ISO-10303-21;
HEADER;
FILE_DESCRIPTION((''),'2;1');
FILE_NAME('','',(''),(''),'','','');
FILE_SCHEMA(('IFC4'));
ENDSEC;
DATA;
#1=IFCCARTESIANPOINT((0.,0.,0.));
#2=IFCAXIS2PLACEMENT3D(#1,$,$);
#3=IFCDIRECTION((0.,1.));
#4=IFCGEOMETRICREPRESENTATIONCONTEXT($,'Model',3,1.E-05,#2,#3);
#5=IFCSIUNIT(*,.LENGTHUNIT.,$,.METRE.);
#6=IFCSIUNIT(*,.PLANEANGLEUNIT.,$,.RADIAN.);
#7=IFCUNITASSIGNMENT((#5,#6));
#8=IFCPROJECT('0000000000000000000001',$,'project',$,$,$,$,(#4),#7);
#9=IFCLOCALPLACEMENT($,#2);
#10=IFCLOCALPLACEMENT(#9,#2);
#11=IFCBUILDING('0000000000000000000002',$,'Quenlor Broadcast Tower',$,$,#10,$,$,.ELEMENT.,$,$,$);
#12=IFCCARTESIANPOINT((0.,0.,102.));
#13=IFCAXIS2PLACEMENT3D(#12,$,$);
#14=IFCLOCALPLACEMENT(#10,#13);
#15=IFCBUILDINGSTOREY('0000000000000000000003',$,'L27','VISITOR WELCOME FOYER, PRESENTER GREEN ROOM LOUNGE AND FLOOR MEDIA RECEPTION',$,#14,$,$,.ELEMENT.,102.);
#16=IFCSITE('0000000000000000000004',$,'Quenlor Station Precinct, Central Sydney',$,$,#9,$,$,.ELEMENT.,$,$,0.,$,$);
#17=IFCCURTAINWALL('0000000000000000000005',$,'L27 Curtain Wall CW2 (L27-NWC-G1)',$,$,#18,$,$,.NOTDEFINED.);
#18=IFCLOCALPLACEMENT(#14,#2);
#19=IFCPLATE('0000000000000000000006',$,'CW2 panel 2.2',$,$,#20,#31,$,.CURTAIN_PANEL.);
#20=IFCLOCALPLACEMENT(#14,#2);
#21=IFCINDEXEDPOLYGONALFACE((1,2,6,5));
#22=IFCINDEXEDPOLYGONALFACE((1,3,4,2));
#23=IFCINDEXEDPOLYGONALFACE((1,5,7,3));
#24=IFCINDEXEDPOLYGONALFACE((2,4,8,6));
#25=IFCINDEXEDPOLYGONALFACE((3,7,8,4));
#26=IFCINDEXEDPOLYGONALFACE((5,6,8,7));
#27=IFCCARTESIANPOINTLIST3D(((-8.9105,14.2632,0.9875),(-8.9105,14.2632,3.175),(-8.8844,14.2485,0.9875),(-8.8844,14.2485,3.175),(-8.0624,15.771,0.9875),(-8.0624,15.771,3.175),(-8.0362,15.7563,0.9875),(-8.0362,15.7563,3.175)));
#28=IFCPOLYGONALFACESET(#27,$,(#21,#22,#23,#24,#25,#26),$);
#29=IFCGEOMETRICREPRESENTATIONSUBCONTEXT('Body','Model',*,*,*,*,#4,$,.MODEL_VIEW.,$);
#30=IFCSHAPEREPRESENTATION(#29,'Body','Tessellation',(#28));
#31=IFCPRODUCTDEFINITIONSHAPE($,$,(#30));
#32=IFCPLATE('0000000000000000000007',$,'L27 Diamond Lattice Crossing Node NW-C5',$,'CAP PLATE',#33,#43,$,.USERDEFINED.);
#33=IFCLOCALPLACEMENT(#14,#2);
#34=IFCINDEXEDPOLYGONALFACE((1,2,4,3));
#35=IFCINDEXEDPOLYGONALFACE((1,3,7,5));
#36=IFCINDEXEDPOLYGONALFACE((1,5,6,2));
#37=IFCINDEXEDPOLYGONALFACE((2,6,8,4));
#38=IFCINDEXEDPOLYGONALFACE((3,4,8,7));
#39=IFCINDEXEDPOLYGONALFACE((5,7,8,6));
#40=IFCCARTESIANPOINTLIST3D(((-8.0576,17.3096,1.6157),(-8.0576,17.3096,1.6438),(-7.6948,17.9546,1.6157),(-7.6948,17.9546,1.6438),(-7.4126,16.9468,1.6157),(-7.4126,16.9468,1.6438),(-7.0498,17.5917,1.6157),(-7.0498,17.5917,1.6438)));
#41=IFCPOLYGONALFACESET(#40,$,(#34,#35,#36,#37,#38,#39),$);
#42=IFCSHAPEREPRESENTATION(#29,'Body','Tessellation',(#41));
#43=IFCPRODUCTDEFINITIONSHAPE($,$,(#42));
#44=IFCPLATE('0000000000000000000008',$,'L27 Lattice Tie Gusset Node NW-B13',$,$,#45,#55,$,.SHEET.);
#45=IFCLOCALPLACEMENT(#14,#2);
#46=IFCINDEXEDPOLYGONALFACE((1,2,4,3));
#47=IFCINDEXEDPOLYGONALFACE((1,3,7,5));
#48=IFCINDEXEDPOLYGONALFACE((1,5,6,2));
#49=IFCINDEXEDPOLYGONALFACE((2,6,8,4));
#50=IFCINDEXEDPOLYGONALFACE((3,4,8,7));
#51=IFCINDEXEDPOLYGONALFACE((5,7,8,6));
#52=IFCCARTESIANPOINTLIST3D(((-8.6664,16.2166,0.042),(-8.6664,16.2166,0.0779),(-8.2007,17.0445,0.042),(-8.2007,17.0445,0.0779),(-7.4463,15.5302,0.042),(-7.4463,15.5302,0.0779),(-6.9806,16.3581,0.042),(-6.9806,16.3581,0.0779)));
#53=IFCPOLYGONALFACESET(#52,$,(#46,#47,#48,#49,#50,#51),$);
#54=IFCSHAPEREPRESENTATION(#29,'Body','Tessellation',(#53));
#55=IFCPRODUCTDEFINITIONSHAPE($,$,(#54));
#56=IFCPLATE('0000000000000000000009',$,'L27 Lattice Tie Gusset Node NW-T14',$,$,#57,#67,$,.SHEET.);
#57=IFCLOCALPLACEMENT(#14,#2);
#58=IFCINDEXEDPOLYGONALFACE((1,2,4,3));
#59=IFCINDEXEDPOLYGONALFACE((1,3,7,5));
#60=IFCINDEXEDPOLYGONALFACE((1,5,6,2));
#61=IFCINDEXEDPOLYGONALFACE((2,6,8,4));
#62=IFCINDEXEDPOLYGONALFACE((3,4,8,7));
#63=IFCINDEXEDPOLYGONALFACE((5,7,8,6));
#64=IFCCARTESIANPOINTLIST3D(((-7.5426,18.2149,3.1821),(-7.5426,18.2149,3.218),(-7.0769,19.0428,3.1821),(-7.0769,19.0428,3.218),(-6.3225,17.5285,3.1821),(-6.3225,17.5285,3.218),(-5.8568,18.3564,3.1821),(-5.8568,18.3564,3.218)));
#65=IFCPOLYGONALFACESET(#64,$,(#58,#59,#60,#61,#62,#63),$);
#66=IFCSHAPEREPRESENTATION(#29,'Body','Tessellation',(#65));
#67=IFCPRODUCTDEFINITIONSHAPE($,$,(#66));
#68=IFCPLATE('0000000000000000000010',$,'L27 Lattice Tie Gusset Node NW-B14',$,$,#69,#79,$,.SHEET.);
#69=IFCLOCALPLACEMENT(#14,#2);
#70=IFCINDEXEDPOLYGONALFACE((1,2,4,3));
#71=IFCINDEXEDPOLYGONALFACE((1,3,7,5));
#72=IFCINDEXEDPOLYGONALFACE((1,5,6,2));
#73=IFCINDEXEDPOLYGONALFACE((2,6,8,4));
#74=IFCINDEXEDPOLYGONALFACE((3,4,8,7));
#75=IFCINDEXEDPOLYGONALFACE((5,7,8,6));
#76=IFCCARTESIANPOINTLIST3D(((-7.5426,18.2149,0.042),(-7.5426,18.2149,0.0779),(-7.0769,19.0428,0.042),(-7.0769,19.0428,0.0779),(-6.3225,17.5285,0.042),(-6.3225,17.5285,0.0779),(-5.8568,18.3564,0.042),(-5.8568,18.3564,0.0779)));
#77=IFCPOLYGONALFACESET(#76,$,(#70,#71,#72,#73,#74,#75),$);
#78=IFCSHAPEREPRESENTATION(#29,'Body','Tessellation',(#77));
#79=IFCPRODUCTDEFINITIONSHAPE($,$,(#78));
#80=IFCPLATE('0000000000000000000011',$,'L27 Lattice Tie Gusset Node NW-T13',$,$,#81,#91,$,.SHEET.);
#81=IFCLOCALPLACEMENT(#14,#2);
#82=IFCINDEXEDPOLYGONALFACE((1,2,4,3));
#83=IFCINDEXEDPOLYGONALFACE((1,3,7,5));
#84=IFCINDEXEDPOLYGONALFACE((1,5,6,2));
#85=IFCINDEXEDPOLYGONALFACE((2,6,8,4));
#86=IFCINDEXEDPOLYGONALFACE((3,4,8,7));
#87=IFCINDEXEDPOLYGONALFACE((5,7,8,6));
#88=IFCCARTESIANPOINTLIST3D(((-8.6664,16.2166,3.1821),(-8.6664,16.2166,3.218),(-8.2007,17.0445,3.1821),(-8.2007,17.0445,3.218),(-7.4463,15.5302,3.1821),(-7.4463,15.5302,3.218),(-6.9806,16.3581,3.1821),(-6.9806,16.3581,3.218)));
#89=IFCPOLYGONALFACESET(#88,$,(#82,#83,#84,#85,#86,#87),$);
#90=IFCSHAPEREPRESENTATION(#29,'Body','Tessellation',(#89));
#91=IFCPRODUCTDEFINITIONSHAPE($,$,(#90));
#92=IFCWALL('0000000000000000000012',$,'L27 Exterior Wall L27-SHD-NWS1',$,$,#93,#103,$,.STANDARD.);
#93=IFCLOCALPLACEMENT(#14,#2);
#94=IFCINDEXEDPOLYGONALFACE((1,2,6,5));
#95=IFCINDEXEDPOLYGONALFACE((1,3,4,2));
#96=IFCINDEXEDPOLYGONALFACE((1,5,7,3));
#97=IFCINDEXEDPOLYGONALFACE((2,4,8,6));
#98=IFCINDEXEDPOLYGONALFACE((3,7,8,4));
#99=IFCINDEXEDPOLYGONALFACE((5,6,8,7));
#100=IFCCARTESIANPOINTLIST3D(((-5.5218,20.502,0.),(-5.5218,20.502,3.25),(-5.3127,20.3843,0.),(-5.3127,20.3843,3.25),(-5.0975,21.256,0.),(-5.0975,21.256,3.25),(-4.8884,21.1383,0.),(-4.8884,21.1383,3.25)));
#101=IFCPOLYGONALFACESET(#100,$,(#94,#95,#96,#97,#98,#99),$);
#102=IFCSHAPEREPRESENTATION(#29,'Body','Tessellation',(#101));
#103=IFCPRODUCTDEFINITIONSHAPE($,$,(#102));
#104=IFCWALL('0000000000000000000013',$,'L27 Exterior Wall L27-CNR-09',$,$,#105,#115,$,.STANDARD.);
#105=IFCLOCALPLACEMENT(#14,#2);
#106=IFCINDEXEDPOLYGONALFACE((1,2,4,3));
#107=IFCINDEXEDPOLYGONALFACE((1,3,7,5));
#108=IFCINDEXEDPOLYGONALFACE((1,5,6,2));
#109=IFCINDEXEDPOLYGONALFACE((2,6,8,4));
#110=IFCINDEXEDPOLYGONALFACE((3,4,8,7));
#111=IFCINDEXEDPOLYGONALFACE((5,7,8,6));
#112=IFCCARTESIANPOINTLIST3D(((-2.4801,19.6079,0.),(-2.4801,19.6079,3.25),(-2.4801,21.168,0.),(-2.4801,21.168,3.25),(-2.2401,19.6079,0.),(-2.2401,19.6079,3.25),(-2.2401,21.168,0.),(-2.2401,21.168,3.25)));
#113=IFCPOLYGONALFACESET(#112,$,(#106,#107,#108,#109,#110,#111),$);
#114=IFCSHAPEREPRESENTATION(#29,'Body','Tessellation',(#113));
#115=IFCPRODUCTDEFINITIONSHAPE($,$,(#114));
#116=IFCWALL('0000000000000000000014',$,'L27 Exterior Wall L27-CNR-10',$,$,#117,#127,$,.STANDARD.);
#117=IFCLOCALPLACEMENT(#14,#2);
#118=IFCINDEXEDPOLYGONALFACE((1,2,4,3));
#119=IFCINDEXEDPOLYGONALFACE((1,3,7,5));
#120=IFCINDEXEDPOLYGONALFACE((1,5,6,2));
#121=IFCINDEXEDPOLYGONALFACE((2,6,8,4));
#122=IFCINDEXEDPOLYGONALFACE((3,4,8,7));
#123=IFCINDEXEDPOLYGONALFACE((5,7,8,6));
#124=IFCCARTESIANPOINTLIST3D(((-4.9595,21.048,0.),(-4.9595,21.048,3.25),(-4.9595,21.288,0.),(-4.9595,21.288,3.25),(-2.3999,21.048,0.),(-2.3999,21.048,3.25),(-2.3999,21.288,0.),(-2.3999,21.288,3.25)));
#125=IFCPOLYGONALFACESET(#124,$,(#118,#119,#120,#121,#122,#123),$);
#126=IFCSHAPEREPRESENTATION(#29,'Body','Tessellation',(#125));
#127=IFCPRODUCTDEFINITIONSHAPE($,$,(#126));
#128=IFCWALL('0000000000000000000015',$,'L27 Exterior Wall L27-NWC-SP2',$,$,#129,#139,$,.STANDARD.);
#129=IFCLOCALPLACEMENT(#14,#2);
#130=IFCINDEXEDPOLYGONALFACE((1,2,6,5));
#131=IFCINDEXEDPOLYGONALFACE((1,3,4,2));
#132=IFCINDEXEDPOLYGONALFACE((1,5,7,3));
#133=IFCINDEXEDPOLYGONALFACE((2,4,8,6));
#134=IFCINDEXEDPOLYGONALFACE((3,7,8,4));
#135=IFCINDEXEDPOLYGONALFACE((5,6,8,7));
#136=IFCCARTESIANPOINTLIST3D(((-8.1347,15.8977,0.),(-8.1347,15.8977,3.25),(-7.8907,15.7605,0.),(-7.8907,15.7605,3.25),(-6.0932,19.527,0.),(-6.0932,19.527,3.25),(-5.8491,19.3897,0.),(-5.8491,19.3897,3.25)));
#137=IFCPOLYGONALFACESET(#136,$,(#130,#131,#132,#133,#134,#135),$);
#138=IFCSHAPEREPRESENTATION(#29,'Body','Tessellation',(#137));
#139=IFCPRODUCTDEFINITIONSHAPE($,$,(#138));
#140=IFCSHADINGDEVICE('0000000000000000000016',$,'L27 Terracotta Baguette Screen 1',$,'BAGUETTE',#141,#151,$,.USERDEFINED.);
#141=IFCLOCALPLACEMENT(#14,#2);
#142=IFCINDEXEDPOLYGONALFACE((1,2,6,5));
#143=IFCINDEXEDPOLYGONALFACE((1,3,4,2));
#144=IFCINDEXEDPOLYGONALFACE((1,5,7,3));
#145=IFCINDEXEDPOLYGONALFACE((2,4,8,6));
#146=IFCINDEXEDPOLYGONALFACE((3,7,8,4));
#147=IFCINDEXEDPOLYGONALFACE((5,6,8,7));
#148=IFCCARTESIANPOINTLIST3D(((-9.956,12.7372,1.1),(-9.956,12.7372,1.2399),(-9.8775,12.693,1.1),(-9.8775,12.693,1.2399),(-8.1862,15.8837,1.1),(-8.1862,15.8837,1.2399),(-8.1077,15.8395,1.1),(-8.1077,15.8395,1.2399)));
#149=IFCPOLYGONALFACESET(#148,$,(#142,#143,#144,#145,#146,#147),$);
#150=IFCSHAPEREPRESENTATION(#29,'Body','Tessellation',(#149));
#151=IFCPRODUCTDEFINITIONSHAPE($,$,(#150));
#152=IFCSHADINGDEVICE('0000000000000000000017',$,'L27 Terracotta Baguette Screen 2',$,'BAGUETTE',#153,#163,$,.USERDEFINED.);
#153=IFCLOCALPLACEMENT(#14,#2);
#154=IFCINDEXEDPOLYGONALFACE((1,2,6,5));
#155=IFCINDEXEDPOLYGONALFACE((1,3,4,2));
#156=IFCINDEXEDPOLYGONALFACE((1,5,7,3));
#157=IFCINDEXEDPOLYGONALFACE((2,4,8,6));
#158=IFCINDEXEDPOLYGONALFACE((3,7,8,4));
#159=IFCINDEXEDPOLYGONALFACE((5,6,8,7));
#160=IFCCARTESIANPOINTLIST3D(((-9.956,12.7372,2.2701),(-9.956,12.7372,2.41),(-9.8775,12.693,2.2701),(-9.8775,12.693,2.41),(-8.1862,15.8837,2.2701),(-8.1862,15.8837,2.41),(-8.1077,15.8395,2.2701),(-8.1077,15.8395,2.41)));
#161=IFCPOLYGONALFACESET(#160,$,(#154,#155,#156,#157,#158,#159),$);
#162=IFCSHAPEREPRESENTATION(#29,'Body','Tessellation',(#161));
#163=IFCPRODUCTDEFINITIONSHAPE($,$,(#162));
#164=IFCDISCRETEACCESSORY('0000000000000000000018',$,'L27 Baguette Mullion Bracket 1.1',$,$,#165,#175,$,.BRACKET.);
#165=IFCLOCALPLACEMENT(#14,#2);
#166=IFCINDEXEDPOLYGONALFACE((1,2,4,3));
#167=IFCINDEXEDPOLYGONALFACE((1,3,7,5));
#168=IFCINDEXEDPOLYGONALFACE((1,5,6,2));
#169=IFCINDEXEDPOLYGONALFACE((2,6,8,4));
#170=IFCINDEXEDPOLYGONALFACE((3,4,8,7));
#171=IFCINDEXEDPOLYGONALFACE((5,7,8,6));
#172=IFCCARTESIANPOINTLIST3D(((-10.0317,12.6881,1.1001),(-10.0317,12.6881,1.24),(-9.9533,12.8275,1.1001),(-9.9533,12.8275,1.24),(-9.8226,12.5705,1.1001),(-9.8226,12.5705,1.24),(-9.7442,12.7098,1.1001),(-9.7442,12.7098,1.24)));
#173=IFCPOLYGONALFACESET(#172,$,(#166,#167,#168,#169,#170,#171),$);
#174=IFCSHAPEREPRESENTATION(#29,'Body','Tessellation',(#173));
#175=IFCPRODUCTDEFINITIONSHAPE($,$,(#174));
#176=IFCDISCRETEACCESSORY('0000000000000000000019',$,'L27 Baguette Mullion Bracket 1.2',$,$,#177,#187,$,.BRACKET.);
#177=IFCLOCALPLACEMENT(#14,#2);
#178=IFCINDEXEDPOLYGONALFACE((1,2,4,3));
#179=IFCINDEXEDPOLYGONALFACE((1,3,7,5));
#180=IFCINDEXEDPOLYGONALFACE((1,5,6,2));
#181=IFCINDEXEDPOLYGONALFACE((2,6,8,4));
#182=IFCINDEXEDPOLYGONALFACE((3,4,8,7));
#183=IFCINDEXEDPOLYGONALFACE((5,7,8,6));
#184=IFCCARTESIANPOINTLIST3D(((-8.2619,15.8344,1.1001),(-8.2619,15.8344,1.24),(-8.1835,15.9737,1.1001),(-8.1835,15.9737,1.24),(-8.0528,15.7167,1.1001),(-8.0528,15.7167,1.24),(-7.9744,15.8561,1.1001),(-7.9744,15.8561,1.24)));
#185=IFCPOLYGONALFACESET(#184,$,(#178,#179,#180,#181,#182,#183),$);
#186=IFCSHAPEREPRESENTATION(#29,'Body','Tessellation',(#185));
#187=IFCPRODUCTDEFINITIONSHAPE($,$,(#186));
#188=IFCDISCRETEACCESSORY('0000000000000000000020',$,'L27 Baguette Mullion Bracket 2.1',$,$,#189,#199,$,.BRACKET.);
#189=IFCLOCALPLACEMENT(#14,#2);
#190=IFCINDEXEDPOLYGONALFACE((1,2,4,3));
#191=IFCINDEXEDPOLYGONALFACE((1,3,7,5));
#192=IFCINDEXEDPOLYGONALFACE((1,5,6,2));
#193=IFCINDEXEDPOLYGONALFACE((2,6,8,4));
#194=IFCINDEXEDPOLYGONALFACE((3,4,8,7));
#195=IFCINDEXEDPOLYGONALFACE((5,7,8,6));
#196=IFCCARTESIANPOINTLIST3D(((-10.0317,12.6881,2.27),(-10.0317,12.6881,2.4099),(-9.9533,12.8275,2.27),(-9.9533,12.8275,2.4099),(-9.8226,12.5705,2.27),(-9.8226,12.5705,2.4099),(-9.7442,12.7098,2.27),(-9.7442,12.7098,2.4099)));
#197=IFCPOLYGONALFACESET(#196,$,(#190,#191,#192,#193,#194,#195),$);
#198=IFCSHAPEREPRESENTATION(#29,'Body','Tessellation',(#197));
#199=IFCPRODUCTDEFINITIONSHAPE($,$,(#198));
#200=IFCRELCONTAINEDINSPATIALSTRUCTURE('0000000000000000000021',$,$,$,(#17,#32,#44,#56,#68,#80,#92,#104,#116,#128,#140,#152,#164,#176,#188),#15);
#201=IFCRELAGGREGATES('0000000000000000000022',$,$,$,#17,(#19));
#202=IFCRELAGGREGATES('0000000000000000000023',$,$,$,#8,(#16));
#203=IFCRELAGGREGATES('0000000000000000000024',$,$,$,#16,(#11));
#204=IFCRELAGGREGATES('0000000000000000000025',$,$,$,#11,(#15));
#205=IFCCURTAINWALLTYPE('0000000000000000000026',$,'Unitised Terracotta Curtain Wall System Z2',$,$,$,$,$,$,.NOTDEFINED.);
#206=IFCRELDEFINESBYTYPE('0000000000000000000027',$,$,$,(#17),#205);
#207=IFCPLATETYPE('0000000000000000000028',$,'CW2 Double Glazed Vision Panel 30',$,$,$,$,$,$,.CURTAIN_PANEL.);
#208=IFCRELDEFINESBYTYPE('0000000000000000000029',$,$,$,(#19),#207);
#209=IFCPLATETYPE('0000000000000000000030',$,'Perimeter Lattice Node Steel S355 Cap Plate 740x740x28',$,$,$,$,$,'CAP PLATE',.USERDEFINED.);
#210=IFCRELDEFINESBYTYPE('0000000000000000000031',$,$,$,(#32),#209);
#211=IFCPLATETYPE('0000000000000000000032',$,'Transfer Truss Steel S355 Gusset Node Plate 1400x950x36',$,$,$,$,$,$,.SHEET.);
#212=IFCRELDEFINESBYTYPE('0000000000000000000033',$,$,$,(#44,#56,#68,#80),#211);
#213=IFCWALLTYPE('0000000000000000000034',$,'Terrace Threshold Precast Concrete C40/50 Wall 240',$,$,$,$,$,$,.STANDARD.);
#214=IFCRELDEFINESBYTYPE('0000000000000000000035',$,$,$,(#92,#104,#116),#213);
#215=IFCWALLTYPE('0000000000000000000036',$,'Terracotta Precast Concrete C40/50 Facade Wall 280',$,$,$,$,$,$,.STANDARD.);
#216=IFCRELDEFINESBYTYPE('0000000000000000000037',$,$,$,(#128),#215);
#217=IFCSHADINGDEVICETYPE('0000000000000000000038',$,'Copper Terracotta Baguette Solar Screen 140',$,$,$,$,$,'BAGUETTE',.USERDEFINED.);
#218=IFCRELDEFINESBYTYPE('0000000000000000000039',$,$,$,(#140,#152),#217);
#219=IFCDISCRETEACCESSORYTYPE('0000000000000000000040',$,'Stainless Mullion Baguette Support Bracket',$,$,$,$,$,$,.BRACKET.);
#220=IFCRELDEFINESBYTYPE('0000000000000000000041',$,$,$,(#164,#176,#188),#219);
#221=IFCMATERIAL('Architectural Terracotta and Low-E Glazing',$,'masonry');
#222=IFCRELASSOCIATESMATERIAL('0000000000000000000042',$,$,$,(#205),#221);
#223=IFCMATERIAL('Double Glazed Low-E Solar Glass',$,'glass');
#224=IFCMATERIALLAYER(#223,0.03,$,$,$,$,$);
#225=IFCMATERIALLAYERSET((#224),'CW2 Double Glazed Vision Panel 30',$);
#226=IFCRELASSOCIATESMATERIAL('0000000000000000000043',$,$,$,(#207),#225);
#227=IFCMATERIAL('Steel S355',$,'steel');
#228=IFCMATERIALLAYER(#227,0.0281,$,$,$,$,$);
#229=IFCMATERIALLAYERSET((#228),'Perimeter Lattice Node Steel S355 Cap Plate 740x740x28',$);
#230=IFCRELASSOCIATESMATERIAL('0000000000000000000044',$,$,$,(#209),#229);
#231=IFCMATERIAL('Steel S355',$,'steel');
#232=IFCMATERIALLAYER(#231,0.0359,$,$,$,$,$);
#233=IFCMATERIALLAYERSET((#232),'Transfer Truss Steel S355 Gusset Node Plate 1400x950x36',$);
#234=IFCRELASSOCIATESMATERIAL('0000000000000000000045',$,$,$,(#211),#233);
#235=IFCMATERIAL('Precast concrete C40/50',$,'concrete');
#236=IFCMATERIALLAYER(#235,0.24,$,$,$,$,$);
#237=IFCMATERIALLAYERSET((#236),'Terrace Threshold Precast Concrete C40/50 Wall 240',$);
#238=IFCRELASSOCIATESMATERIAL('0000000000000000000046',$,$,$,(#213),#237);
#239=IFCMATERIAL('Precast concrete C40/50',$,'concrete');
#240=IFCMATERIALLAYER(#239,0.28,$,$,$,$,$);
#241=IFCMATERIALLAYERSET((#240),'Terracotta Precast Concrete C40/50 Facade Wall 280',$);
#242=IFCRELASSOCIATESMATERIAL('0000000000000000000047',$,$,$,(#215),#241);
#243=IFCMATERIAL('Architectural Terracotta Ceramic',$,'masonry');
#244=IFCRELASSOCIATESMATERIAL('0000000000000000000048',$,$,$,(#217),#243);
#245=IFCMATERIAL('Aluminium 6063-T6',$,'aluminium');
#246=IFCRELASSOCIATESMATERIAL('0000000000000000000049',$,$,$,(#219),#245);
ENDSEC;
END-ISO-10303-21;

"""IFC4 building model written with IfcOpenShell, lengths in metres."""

from ifc_helpers import new_model, si_unit, direction, frame, frame_2d, origin, origin_2d, place, context, subcontext, project, spatial, rectangle, extrude, material, layer, layer_set, material_profile, profile_set, type_object, element, aggregate, save


model = new_model("IFC4")

# Units and contexts
model_context = context("Model", 3, precision=1e-05, world=origin(), true_north=direction((0.0, 1.0)))
body_context = subcontext(model_context, "Body", "Model", "MODEL_VIEW")
ifc_project = project(units=[si_unit("LENGTHUNIT", "METRE"), si_unit("PLANEANGLEUNIT", "RADIAN")], contexts=[model_context])

# Site, building, storey
site_placement = place(None, origin())
site = spatial("IfcSite", under=ifc_project, at=site_placement, Name="Quenlor Station Precinct, Central Sydney", CompositionType="ELEMENT", RefElevation=0.0)
building_placement = place(site_placement, origin())
building = spatial("IfcBuilding", under=site, at=building_placement, Name="Quenlor Broadcast Tower", CompositionType="ELEMENT")
storey_placement = place(building_placement, frame((0.0, 0.0, 102.0)))
storey = spatial("IfcBuildingStorey", under=building, at=storey_placement, Name="L27", Description="VISITOR WELCOME FOYER, PRESENTER GREEN ROOM LOUNGE AND FLOOR MEDIA RECEPTION", CompositionType="ELEMENT", Elevation=102.0)

# Curtain wall
ifc_material_1 = material(Name="Architectural Terracotta and Low-E Glazing", Category="masonry")
curtain_wall_type = type_object("IfcCurtainWallType", Name="Unitised Terracotta Curtain Wall System Z2", PredefinedType="NOTDEFINED", material=ifc_material_1)
curtain_wall_placement = place(storey_placement, origin())
curtain_wall = element("IfcCurtainWall", 1, at=curtain_wall_placement, inside=storey, type_object=curtain_wall_type, Name="L27 Curtain Wall CW2 (L27-NWC-G1)", PredefinedType="NOTDEFINED")

# Plate
ifc_material_2 = material(Name="Double Glazed Low-E Solar Glass", Category="glass")
ifc_layer_1 = layer(ifc_material_2, 0.03)
ifc_layer_set_1 = layer_set([ifc_layer_1], Name="CW2 Double Glazed Vision Panel 30")
plate_type_1 = type_object("IfcPlateType", Name="CW2 Double Glazed Vision Panel 30", PredefinedType="CURTAIN_PANEL", material=ifc_layer_set_1)
plate_1_placement = place(storey_placement, frame((-8.4734, 15.0098, 0.9875), z_axis=(0.0, 0.0, 1.0), x_axis=(0.490265, 0.871573, 0.0)))
plate_1 = element("IfcPlate", 2, at=plate_1_placement, type_object=plate_type_1, Name="CW2 panel 2.2", PredefinedType="CURTAIN_PANEL", context=body_context, shape_type="SweptSolid", body=[
    extrude(rectangle(XDim=1.73, YDim=0.03, at=origin_2d()), origin(), (0.0, 0.0, 1.0), 2.1875),
])
aggregate(curtain_wall, [plate_1])

# Plates
ifc_material_3 = material(Name="Steel S355", Category="steel")
ifc_layer_2 = layer(ifc_material_3, 0.0281)
ifc_layer_set_2 = layer_set([ifc_layer_2], Name="Perimeter Lattice Node Steel S355 Cap Plate 740x740x28")
plate_type_2 = type_object("IfcPlateType", Name="Perimeter Lattice Node Steel S355 Cap Plate 740x740x28", ElementType="CAP PLATE", PredefinedType="USERDEFINED", material=ifc_layer_set_2)
plate_2_placement = place(storey_placement, frame((-7.5537, 17.4507, 1.6157), z_axis=(0.0, 0.0, 1.0), x_axis=(0.490295, 0.871556, 0.0)))
element("IfcPlate", 3, at=plate_2_placement, inside=storey, type_object=plate_type_2, Name="L27 Diamond Lattice Crossing Node NW-C5", ObjectType="CAP PLATE", PredefinedType="USERDEFINED", context=body_context, shape_type="SweptSolid", body=[
    extrude(rectangle(XDim=0.74, YDim=0.74, at=origin_2d()), origin(), (0.0, 0.0, 1.0), 0.0281),
])
ifc_material_4 = material(Name="Steel S355", Category="steel")
ifc_layer_3 = layer(ifc_material_4, 0.0359)
ifc_layer_set_3 = layer_set([ifc_layer_3], Name="Transfer Truss Steel S355 Gusset Node Plate 1400x950x36")
plate_type_3 = type_object("IfcPlateType", Name="Transfer Truss Steel S355 Gusset Node Plate 1400x950x36", PredefinedType="SHEET", material=ifc_layer_set_3)
for number, where, z_axis, x_axis, name in (
    (4, (-7.8235, 16.2874, 0.042), (0.0, 0.0, 1.0), (-0.871556, 0.490295, 0.0), "L27 Lattice Tie Gusset Node NW-B13"),
    (5, (-6.6997, 18.2856, 3.1821), (0.0, 0.0, 1.0), (-0.871556, 0.490295, 0.0), "L27 Lattice Tie Gusset Node NW-T14"),
    (6, (-6.6997, 18.2856, 0.042), (0.0, 0.0, 1.0), (-0.871556, 0.490295, 0.0), "L27 Lattice Tie Gusset Node NW-B14"),
    (7, (-7.8235, 16.2874, 3.1821), (0.0, 0.0, 1.0), (-0.871556, 0.490295, 0.0), "L27 Lattice Tie Gusset Node NW-T13"),
):
    element("IfcPlate", number, at=place(storey_placement, frame(where, z_axis=z_axis, x_axis=x_axis)), inside=storey, type_object=plate_type_3, Name=name, PredefinedType="SHEET", context=body_context, shape_type="SweptSolid", body=[
        extrude(rectangle(XDim=1.3999, YDim=0.95, at=origin_2d()), origin(), (0.0, 0.0, 1.0), 0.0359),
    ])

# Walls
ifc_material_5 = material(Name="Precast concrete C40/50", Category="concrete")
ifc_layer_4 = layer(ifc_material_5, 0.24)
ifc_layer_set_4 = layer_set([ifc_layer_4], Name="Terrace Threshold Precast Concrete C40/50 Wall 240")
wall_type_1 = type_object("IfcWallType", Name="Terrace Threshold Precast Concrete C40/50 Wall 240", PredefinedType="STANDARD", material=ifc_layer_set_4)
wall_1_placement = place(storey_placement, frame((-5.4172, 20.4431, 0.0), z_axis=(0.0, 0.0, 1.0), x_axis=(0.490355, 0.871523, 0.0)))
element("IfcWall", 8, at=wall_1_placement, inside=storey, type_object=wall_type_1, Name="L27 Exterior Wall L27-SHD-NWS1", PredefinedType="STANDARD", context=body_context, shape_type="SweptSolid", body=[
    extrude(rectangle(XDim=0.8652, YDim=0.24, at=frame_2d((0.4326, 0.0))), origin(), (0.0, 0.0, 1.0), 3.25),
])
wall_2_placement = place(storey_placement, frame((-2.3601, 19.6079, 0.0), z_axis=(0.0, 0.0, 1.0), x_axis=(0.0, 1.0, 0.0)))
element("IfcWall", 9, at=wall_2_placement, inside=storey, type_object=wall_type_1, Name="L27 Exterior Wall L27-CNR-09", PredefinedType="STANDARD", context=body_context, shape_type="SweptSolid", body=[
    extrude(rectangle(XDim=1.5601, YDim=0.24, at=frame_2d((0.78, 0.0))), origin(), (0.0, 0.0, 1.0), 3.25),
])
wall_3_placement = place(storey_placement, frame((-2.3999, 21.168, 0.0), z_axis=(0.0, 0.0, 1.0), x_axis=(-1.0, 0.0, 0.0)))
element("IfcWall", 10, at=wall_3_placement, inside=storey, type_object=wall_type_1, Name="L27 Exterior Wall L27-CNR-10", PredefinedType="STANDARD", context=body_context, shape_type="SweptSolid", body=[
    extrude(rectangle(XDim=2.5596, YDim=0.24, at=frame_2d((1.2798, 0.0))), origin(), (0.0, 0.0, 1.0), 3.25),
])
ifc_material_6 = material(Name="Precast concrete C40/50", Category="concrete")
ifc_layer_5 = layer(ifc_material_6, 0.28)
ifc_layer_set_5 = layer_set([ifc_layer_5], Name="Terracotta Precast Concrete C40/50 Facade Wall 280")
wall_type_2 = type_object("IfcWallType", Name="Terracotta Precast Concrete C40/50 Facade Wall 280", PredefinedType="STANDARD", material=ifc_layer_set_5)
wall_4_placement = place(storey_placement, frame((-8.0127, 15.8291, 0.0), z_axis=(0.0, 0.0, 1.0), x_axis=(0.490281, 0.871565, 0.0)))
element("IfcWall", 11, at=wall_4_placement, inside=storey, type_object=wall_type_2, Name="L27 Exterior Wall L27-NWC-SP2", PredefinedType="STANDARD", context=body_context, shape_type="SweptSolid", body=[
    extrude(rectangle(XDim=4.1641, YDim=0.28, at=frame_2d((2.082, 0.0))), origin(), (0.0, 0.0, 1.0), 3.25),
])

# Shading devices
ifc_material_7 = material(Name="Architectural Terracotta Ceramic", Category="masonry")
ifc_material_profile_1 = material_profile(ifc_material_7, rectangle(XDim=0.0901, YDim=0.1399, at=origin_2d()))
ifc_profile_set_1 = profile_set([ifc_material_profile_1], Name="Architectural Terracotta Ceramic BAG90x140")
shading_device_type = type_object("IfcShadingDeviceType", Name="Copper Terracotta Baguette Solar Screen 140", ElementType="BAGUETTE", PredefinedType="USERDEFINED", material=ifc_profile_set_1)
for number, where, z_axis, x_axis, name in (
    (12, (-9.9167, 12.7151, 1.1699), (0.490236, 0.87159, 0.0), (-0.87159, 0.490236, 0.0), "L27 Terracotta Baguette Screen 1"),
    (13, (-9.9167, 12.7151, 2.3401), (0.490236, 0.87159, 0.0), (-0.87159, 0.490236, 0.0), "L27 Terracotta Baguette Screen 2"),
):
    element("IfcShadingDevice", number, at=place(storey_placement, frame(where, z_axis=z_axis, x_axis=x_axis)), inside=storey, type_object=shading_device_type, Name=name, ObjectType="BAGUETTE", PredefinedType="USERDEFINED", context=body_context, shape_type="SweptSolid", body=[
        extrude(rectangle(XDim=0.0901, YDim=0.1399, at=origin_2d()), origin(), (0.0, 0.0, 1.0), 3.6101),
    ])

# Discrete accessories
ifc_material_8 = material(Name="Aluminium 6063-T6", Category="aluminium")
discrete_accessory_type = type_object("IfcDiscreteAccessoryType", Name="Stainless Mullion Baguette Support Bracket", PredefinedType="BRACKET", material=ifc_material_8)
for number, where, z_axis, x_axis, name in (
    (14, (-9.8879, 12.699, 1.1001), (0.0, 0.0, 1.0), (0.490265, 0.871573, 0.0), "L27 Baguette Mullion Bracket 1.1"),
    (15, (-8.1182, 15.8452, 1.1001), (0.0, 0.0, 1.0), (0.490265, 0.871573, 0.0), "L27 Baguette Mullion Bracket 1.2"),
    (16, (-9.8879, 12.699, 2.27), (0.0, 0.0, 1.0), (0.490265, 0.871573, 0.0), "L27 Baguette Mullion Bracket 2.1"),
):
    element("IfcDiscreteAccessory", number, at=place(storey_placement, frame(where, z_axis=z_axis, x_axis=x_axis)), inside=storey, type_object=discrete_accessory_type, Name=name, PredefinedType="BRACKET", context=body_context, shape_type="SweptSolid", body=[
        extrude(rectangle(XDim=0.1599, YDim=0.24, at=origin_2d()), origin(), (0.0, 0.0, 1.0), 0.1399),
    ])

save(model, "model.ifc")
